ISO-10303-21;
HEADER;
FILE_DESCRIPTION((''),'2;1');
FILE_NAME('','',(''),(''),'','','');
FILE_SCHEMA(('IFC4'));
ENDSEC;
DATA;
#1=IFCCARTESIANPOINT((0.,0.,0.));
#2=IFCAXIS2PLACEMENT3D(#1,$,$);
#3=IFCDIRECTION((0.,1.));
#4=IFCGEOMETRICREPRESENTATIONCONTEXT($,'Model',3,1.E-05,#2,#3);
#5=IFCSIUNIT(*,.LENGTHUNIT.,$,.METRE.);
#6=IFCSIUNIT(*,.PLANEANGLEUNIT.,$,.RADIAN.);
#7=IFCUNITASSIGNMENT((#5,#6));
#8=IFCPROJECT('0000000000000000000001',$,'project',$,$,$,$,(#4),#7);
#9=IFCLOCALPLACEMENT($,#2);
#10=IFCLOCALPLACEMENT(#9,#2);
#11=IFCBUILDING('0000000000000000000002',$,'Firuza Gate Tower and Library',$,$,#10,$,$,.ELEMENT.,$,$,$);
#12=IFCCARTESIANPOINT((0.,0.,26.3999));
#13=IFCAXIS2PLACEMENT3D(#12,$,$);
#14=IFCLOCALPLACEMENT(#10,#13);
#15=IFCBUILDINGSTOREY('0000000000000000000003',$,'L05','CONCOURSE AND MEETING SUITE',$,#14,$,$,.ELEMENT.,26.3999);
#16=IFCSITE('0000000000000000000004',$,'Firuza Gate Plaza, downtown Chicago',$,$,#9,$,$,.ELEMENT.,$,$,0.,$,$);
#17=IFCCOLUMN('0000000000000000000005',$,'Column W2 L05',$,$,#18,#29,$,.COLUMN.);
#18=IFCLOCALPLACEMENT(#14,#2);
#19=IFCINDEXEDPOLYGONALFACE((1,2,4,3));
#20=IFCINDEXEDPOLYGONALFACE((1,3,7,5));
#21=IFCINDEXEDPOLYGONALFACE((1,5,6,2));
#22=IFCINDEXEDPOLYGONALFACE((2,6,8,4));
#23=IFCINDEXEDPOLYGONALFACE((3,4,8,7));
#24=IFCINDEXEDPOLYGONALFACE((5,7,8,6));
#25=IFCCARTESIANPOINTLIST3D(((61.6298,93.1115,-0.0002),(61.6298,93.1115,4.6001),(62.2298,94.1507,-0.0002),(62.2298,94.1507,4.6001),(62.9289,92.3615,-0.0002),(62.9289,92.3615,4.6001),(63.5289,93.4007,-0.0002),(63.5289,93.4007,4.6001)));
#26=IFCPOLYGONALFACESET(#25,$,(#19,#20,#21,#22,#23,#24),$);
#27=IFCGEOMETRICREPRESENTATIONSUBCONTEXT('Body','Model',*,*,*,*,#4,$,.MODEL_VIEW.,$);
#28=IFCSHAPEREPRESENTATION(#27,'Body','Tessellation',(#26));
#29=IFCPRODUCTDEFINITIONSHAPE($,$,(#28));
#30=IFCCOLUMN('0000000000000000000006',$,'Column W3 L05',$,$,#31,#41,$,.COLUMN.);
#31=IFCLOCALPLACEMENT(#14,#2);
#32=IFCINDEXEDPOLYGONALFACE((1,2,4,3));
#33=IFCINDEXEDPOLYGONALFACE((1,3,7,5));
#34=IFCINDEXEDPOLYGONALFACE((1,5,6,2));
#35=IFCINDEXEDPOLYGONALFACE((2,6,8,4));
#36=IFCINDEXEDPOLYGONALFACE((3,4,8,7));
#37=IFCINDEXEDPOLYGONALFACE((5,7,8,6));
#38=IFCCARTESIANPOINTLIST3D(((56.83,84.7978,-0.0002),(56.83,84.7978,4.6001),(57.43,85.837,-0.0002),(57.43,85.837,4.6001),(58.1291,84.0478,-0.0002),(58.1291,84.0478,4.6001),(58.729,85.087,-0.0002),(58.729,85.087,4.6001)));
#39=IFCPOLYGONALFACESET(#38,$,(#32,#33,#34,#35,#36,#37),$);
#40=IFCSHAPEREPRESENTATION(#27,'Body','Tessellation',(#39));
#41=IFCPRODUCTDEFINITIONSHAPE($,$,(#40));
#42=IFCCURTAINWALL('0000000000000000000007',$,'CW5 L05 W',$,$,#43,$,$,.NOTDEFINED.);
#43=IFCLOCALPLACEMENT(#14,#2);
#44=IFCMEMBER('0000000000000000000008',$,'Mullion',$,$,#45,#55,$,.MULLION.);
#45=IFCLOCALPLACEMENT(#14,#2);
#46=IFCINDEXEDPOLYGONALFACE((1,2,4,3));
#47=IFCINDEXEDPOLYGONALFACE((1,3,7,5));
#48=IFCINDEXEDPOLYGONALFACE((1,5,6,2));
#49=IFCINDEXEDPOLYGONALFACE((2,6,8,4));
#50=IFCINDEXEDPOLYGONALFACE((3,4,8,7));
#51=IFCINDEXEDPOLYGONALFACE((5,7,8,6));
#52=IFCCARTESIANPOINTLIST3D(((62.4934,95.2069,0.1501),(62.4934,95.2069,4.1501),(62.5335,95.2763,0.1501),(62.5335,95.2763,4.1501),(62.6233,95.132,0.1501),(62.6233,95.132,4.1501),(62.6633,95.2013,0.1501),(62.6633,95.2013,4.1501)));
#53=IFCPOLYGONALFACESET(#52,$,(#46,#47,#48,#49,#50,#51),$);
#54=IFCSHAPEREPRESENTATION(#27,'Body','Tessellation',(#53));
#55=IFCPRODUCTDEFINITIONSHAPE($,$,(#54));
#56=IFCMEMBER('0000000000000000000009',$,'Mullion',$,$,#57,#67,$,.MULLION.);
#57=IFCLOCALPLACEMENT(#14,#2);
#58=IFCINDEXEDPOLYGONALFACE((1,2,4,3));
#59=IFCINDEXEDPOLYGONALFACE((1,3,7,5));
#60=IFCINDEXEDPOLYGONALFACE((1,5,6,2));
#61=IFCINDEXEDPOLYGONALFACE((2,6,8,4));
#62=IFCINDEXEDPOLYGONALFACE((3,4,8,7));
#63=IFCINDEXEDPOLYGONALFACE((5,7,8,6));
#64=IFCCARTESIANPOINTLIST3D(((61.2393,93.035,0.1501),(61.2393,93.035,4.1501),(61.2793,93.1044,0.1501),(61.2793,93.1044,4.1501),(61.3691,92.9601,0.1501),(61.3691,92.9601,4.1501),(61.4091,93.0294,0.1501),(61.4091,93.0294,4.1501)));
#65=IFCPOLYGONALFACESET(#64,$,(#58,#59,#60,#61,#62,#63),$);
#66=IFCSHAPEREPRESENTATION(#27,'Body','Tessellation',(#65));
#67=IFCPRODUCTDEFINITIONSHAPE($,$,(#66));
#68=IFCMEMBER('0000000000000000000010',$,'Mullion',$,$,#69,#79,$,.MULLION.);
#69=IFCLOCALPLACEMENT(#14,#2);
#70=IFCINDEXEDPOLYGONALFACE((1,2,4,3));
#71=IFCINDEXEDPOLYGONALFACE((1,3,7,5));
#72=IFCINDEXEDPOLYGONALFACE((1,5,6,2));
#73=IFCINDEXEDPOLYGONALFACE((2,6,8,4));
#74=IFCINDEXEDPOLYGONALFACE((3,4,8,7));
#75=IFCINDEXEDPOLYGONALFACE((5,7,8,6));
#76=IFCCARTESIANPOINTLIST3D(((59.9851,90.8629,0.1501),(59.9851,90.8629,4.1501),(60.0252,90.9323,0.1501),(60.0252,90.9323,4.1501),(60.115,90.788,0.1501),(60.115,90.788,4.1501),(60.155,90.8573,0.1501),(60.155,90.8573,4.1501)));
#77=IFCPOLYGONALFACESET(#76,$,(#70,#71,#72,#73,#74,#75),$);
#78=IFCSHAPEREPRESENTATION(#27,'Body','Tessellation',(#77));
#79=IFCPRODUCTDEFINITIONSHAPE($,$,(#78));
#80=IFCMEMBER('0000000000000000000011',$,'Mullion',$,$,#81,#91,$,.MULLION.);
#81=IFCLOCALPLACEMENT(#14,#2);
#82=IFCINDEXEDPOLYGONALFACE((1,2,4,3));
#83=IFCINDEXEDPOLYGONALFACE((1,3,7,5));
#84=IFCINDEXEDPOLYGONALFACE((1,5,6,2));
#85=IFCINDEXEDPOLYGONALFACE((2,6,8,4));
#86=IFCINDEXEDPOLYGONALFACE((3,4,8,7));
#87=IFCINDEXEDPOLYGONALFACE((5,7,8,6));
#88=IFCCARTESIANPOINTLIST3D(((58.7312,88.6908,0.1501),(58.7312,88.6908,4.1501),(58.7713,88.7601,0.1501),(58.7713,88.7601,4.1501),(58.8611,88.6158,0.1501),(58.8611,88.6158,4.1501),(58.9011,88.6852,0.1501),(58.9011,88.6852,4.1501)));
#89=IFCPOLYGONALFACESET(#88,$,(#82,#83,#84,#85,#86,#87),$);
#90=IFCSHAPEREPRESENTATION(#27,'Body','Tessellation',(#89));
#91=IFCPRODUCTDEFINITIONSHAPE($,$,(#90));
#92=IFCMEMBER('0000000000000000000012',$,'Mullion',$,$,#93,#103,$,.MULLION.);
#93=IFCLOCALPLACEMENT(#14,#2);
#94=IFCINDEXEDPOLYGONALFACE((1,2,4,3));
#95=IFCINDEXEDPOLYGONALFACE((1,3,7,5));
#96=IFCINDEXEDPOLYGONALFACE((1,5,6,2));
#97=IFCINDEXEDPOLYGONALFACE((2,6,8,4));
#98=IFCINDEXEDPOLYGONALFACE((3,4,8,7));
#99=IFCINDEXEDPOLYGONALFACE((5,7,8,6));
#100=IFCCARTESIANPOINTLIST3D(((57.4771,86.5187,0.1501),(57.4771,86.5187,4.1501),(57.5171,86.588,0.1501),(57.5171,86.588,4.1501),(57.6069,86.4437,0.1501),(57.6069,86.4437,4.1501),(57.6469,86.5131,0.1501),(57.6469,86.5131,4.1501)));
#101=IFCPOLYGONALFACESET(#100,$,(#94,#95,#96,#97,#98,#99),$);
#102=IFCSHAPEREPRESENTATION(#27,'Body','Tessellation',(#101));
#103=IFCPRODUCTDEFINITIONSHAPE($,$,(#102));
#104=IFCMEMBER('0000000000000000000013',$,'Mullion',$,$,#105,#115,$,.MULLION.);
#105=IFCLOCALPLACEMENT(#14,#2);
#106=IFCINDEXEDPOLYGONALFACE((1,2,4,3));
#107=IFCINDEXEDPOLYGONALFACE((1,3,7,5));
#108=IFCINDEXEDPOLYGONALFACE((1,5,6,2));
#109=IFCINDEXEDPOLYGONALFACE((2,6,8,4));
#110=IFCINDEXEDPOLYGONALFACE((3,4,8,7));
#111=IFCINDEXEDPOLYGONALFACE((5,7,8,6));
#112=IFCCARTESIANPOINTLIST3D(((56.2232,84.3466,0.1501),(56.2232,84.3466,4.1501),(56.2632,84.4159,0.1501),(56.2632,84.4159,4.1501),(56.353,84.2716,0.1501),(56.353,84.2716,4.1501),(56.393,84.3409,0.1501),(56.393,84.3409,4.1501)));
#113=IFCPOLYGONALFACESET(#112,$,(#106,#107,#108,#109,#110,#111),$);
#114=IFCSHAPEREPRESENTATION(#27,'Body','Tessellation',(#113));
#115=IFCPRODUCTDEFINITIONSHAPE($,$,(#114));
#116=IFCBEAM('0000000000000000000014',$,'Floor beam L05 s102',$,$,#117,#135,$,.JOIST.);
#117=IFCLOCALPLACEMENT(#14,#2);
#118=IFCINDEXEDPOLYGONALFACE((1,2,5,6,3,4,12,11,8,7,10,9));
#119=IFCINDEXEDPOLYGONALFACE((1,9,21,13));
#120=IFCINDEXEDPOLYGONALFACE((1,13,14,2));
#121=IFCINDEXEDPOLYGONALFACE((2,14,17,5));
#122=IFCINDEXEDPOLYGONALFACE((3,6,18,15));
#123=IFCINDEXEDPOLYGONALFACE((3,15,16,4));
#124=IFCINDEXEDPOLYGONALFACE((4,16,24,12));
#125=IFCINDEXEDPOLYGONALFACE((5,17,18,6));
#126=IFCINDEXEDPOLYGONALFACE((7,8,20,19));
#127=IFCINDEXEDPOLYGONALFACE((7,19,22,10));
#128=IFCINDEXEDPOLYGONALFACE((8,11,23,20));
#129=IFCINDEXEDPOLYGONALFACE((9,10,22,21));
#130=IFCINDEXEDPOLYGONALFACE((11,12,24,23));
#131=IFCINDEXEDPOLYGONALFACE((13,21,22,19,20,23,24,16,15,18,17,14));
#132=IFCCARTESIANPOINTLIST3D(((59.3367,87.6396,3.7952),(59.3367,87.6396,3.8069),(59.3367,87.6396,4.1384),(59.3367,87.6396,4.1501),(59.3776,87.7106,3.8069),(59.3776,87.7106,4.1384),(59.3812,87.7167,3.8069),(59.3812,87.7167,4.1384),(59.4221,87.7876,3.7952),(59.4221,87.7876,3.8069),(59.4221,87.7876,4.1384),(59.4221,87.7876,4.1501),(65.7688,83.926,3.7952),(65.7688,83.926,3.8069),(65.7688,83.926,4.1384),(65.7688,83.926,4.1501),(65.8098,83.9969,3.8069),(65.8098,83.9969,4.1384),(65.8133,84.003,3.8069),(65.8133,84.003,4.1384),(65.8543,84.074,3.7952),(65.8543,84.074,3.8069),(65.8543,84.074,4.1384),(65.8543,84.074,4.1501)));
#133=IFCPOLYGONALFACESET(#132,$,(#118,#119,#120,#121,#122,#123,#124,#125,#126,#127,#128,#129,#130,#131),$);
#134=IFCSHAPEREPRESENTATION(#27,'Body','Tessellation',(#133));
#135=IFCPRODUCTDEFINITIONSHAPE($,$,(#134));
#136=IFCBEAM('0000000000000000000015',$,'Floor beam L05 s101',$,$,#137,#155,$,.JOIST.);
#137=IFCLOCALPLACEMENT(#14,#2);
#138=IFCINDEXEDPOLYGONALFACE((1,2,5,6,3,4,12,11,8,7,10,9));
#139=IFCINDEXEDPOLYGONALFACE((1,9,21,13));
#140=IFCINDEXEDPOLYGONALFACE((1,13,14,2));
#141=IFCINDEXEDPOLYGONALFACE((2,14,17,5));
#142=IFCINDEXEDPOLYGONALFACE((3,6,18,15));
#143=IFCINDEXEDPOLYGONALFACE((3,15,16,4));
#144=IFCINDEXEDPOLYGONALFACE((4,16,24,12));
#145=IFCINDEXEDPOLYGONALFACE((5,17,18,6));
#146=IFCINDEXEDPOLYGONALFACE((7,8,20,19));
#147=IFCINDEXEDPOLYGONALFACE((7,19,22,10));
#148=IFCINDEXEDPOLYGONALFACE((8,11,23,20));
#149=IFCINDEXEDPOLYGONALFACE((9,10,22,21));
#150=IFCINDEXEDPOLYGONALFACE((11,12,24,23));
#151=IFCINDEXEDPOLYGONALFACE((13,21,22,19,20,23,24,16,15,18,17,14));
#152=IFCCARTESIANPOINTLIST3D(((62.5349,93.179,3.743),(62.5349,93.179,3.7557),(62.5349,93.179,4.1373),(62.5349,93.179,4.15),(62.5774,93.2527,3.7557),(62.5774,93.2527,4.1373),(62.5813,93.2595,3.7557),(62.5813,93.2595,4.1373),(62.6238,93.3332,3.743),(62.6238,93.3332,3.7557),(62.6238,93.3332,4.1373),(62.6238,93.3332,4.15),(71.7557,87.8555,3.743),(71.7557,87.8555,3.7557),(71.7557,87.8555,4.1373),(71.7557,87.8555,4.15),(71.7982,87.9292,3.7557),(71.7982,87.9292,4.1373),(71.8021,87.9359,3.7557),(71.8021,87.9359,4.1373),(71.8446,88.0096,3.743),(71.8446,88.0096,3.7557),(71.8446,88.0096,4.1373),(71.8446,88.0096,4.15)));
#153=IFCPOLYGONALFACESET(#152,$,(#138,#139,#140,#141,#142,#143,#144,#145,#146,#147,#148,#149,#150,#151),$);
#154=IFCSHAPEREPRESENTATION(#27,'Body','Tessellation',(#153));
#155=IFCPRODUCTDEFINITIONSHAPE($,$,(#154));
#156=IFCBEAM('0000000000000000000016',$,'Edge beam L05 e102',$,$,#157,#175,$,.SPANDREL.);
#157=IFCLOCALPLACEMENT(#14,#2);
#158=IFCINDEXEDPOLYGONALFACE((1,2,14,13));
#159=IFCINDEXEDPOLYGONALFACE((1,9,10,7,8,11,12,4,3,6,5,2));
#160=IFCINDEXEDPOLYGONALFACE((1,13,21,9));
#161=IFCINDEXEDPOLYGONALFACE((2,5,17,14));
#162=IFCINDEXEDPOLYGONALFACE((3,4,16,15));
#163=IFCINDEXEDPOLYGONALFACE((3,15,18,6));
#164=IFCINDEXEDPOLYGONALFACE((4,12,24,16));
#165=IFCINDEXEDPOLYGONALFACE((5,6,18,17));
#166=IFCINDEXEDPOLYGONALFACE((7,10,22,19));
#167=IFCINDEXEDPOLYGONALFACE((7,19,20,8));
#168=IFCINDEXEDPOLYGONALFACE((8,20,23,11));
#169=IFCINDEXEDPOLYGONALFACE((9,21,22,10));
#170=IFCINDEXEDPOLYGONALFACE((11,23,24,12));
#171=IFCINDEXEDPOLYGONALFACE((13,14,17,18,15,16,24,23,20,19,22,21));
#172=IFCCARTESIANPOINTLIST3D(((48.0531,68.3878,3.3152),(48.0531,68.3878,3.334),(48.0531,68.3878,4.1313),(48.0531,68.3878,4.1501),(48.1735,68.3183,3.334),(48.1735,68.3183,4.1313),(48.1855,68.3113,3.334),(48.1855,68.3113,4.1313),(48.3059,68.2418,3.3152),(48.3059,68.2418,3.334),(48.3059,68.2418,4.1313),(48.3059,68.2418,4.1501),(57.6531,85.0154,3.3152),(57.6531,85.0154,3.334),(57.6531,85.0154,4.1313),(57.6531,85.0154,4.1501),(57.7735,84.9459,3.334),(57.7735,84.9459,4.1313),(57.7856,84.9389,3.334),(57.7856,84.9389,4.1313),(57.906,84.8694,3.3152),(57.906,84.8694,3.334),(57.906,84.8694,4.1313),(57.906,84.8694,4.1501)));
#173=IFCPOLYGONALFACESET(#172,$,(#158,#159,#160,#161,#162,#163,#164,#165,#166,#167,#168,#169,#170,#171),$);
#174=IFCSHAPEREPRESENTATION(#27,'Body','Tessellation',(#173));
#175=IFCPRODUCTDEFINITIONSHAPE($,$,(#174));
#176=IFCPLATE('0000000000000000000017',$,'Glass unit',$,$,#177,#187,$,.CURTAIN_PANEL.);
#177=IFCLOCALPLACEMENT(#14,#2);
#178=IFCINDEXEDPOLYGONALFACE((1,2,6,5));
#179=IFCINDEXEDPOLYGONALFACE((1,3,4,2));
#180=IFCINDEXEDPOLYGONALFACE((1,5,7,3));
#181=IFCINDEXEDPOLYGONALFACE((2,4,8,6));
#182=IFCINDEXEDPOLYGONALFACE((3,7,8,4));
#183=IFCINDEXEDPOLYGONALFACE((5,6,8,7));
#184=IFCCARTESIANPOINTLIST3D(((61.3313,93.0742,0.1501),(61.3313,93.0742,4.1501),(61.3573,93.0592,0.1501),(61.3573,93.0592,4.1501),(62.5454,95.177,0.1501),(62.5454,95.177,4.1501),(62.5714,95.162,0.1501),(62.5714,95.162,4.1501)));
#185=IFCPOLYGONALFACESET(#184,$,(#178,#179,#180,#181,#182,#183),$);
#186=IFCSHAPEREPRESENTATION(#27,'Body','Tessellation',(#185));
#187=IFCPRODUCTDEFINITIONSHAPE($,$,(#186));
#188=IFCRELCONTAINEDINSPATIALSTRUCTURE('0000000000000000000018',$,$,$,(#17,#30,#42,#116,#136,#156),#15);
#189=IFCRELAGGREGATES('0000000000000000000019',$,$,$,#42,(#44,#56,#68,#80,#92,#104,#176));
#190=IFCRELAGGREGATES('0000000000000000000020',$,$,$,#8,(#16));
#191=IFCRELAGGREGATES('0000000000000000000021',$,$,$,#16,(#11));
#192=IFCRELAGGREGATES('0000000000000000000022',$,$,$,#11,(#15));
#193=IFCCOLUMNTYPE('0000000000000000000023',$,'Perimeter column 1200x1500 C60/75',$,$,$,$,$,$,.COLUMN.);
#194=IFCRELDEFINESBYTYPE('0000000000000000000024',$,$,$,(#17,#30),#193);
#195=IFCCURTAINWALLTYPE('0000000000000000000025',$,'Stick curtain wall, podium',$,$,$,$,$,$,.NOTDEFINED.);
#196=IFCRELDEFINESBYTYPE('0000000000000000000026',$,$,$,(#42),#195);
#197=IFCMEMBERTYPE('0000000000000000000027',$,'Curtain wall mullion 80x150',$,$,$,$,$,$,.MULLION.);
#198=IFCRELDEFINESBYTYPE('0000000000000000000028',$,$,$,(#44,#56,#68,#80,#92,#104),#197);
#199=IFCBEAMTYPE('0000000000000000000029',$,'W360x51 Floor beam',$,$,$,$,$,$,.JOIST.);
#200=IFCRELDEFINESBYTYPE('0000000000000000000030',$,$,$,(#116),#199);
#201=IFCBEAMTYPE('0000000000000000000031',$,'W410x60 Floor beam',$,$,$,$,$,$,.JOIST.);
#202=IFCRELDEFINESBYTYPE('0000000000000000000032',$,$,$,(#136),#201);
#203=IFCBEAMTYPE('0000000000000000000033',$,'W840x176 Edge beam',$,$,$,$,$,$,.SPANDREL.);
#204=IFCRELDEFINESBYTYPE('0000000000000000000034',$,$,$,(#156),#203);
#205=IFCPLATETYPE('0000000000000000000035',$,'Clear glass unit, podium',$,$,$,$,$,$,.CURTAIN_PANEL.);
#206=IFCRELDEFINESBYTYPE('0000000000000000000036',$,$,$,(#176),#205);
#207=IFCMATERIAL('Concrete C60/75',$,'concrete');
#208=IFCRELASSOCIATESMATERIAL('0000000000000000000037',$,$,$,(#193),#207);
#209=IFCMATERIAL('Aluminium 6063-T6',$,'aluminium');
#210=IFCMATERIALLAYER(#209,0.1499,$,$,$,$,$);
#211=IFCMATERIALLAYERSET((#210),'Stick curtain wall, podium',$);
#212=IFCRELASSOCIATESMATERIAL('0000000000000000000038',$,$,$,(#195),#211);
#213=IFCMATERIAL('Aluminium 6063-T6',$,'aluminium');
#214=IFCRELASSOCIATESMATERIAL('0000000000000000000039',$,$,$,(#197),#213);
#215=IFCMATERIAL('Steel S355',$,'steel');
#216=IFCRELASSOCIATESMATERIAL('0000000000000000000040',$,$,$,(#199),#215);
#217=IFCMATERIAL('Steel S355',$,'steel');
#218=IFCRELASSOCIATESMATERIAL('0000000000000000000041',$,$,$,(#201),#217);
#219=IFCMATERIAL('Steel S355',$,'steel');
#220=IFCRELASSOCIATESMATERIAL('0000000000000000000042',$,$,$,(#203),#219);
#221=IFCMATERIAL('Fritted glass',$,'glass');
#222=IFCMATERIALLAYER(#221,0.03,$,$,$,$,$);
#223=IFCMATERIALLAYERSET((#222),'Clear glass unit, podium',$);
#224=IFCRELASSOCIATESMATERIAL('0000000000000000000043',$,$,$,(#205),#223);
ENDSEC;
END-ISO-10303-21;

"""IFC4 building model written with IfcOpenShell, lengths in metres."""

from ifc_helpers import new_model, si_unit, direction, frame, origin, origin_2d, place, context, subcontext, project, spatial, polyline, rectangle, i_section, outline, extrude, material, layer, layer_set, material_profile, profile_set, type_object, element, aggregate, save


model = new_model("IFC4")

# Units and contexts
model_context = context("Model", 3, precision=1e-05, world=origin(), true_north=direction((0.0, 1.0)))
body_context = subcontext(model_context, "Body", "Model", "MODEL_VIEW")
ifc_project = project(units=[si_unit("LENGTHUNIT", "METRE"), si_unit("PLANEANGLEUNIT", "RADIAN")], contexts=[model_context])

# Site, building, storey
site_placement = place(None, origin())
site = spatial("IfcSite", under=ifc_project, at=site_placement, Name="Firuza Gate Plaza, downtown Chicago", CompositionType="ELEMENT", RefElevation=0.0)
building_placement = place(site_placement, origin())
building = spatial("IfcBuilding", under=site, at=building_placement, Name="Firuza Gate Tower and Library", CompositionType="ELEMENT")
storey_placement = place(building_placement, frame((0.0, 0.0, 26.3999)))
storey = spatial("IfcBuildingStorey", under=building, at=storey_placement, Name="L05", Description="CONCOURSE AND MEETING SUITE", CompositionType="ELEMENT", Elevation=26.3999)

# Columns
ifc_material_1 = material(Name="Concrete C60/75", Category="concrete")
ifc_material_profile_1 = material_profile(ifc_material_1, rectangle(XDim=1.2, YDim=1.5, at=origin_2d()))
ifc_profile_set_1 = profile_set([ifc_material_profile_1], Name="Concrete C60/75")
column_type = type_object("IfcColumnType", Name="Perimeter column 1200x1500 C60/75", PredefinedType="COLUMN", material=ifc_profile_set_1)
for number, where, z_axis, x_axis, name in (
    (1, (62.5793, 93.2561, -0.0002), (0.0, 0.0, 1.0), (-0.5, -0.866025, 0.0), "Column W2 L05"),
    (2, (57.7795, 84.9424, -0.0002), (0.0, 0.0, 1.0), (-0.5, -0.866025, 0.0), "Column W3 L05"),
):
    element("IfcColumn", number, at=place(storey_placement, frame(where, z_axis=z_axis, x_axis=x_axis)), inside=storey, type_object=column_type, Name=name, PredefinedType="COLUMN", context=body_context, shape_type="SweptSolid", body=[
        extrude(rectangle(XDim=1.2, YDim=1.5, at=origin_2d()), origin(), (0.0, 0.0, 1.0), 4.6003),
    ])

# Curtain wall, members
ifc_material_2 = material(Name="Aluminium 6063-T6", Category="aluminium")
ifc_layer_1 = layer(ifc_material_2, 0.1499)
ifc_layer_set_1 = layer_set([ifc_layer_1], Name="Stick curtain wall, podium")
curtain_wall_type = type_object("IfcCurtainWallType", Name="Stick curtain wall, podium", PredefinedType="NOTDEFINED", material=ifc_layer_set_1)
placement = place(storey_placement, origin())
curtain_wall = element("IfcCurtainWall", 3, at=placement, inside=storey, type_object=curtain_wall_type, Name="CW5 L05 W", PredefinedType="NOTDEFINED")
ifc_material_3 = material(Name="Aluminium 6063-T6", Category="aluminium")
ifc_material_profile_2 = material_profile(ifc_material_3, rectangle(XDim=0.1499, YDim=0.0801, at=origin_2d()))
ifc_profile_set_2 = profile_set([ifc_material_profile_2], Name="Aluminium 6063-T6")
member_type = type_object("IfcMemberType", Name="Curtain wall mullion 80x150", PredefinedType="MULLION", material=ifc_profile_set_2)
member_1_placement = place(storey_placement, frame((62.5784, 95.2041, 0.1501), z_axis=(0.0, 0.0, 1.0), x_axis=(0.866025, -0.5, 0.0)))
member_1 = element("IfcMember", 4, at=member_1_placement, type_object=member_type, Name="Mullion", PredefinedType="MULLION", context=body_context, shape_type="SweptSolid", body=[
    extrude(rectangle(XDim=0.1499, YDim=0.0801, at=origin_2d()), origin(), (0.0, 0.0, 1.0), 4.0),
])
member_2_placement = place(storey_placement, frame((61.3242, 93.0322, 0.1501), z_axis=(0.0, 0.0, 1.0), x_axis=(0.866025, -0.5, 0.0)))
member_2 = element("IfcMember", 5, at=member_2_placement, type_object=member_type, Name="Mullion", PredefinedType="MULLION", context=body_context, shape_type="SweptSolid", body=[
    extrude(rectangle(XDim=0.1499, YDim=0.0801, at=origin_2d()), origin(), (0.0, 0.0, 1.0), 4.0),
])
member_3_placement = place(storey_placement, frame((60.0701, 90.8601, 0.1501), z_axis=(0.0, 0.0, 1.0), x_axis=(0.866025, -0.5, 0.0)))
member_3 = element("IfcMember", 6, at=member_3_placement, type_object=member_type, Name="Mullion", PredefinedType="MULLION", context=body_context, shape_type="SweptSolid", body=[
    extrude(rectangle(XDim=0.1499, YDim=0.0801, at=origin_2d()), origin(), (0.0, 0.0, 1.0), 4.0),
])
member_4_placement = place(storey_placement, frame((58.8162, 88.688, 0.1501), z_axis=(0.0, 0.0, 1.0), x_axis=(0.866025, -0.5, 0.0)))
member_4 = element("IfcMember", 7, at=member_4_placement, type_object=member_type, Name="Mullion", PredefinedType="MULLION", context=body_context, shape_type="SweptSolid", body=[
    extrude(rectangle(XDim=0.1499, YDim=0.0801, at=origin_2d()), origin(), (0.0, 0.0, 1.0), 4.0),
])
member_5_placement = place(storey_placement, frame((57.562, 86.5159, 0.1501), z_axis=(0.0, 0.0, 1.0), x_axis=(0.866025, -0.5, 0.0)))
member_5 = element("IfcMember", 8, at=member_5_placement, type_object=member_type, Name="Mullion", PredefinedType="MULLION", context=body_context, shape_type="SweptSolid", body=[
    extrude(rectangle(XDim=0.1499, YDim=0.0801, at=origin_2d()), origin(), (0.0, 0.0, 1.0), 4.0),
])
member_6_placement = place(storey_placement, frame((56.3081, 84.3438, 0.1501), z_axis=(0.0, 0.0, 1.0), x_axis=(0.866025, -0.5, 0.0)))
member_6 = element("IfcMember", 9, at=member_6_placement, type_object=member_type, Name="Mullion", PredefinedType="MULLION", context=body_context, shape_type="SweptSolid", body=[
    extrude(rectangle(XDim=0.1499, YDim=0.0801, at=origin_2d()), origin(), (0.0, 0.0, 1.0), 4.0),
])

# Beams
ifc_material_4 = material(Name="Steel S355", Category="steel")
ifc_material_profile_3 = material_profile(ifc_material_4, i_section(OverallWidth=0.1709, OverallDepth=0.355, WebThickness=0.0071, FlangeThickness=0.0117, at=origin_2d()))
ifc_profile_set_3 = profile_set([ifc_material_profile_3], Name="Steel S355")
beam_type_1 = type_object("IfcBeamType", Name="W360x51 Floor beam", PredefinedType="JOIST", material=ifc_profile_set_3)
beam_1_placement = place(storey_placement, frame((59.3794, 87.7136, 3.9727), z_axis=(0.866024, -0.500003, 0.0), x_axis=(0.500003, 0.866024, 0.0)))
element("IfcBeam", 10, at=beam_1_placement, inside=storey, type_object=beam_type_1, Name="Floor beam L05 s102", PredefinedType="JOIST", context=body_context, shape_type="SweptSolid", body=[
    extrude(i_section(OverallWidth=0.1709, OverallDepth=0.355, WebThickness=0.0071, FlangeThickness=0.0117, at=origin_2d()), origin(), (0.0, 0.0, 1.0), 7.4272),
])
ifc_material_5 = material(Name="Steel S355", Category="steel")
ifc_material_profile_4 = material_profile(ifc_material_5, i_section(OverallWidth=0.178, OverallDepth=0.407, WebThickness=0.0078, FlangeThickness=0.0127, at=origin_2d()))
ifc_profile_set_4 = profile_set([ifc_material_profile_4], Name="Steel S355")
beam_type_2 = type_object("IfcBeamType", Name="W410x60 Floor beam", PredefinedType="JOIST", material=ifc_profile_set_4)
beam_2_placement = place(storey_placement, frame((62.5793, 93.2561, 3.9465), z_axis=(0.866029, -0.499994, 0.0), x_axis=(0.499994, 0.866029, 0.0)))
element("IfcBeam", 11, at=beam_2_placement, inside=storey, type_object=beam_type_2, Name="Floor beam L05 s101", PredefinedType="JOIST", context=body_context, shape_type="SweptSolid", body=[
    extrude(i_section(OverallWidth=0.178, OverallDepth=0.407, WebThickness=0.0078, FlangeThickness=0.0127, at=origin_2d()), origin(), (0.0, 0.0, 1.0), 10.6472),
])
ifc_material_6 = material(Name="Steel S355", Category="steel")
ifc_material_profile_5 = material_profile(ifc_material_6, i_section(OverallWidth=0.292, OverallDepth=0.835, WebThickness=0.0139, FlangeThickness=0.0188, at=origin_2d()))
ifc_profile_set_5 = profile_set([ifc_material_profile_5], Name="Steel S355")
beam_type_3 = type_object("IfcBeamType", Name="W840x176 Edge beam", PredefinedType="SPANDREL", material=ifc_profile_set_5)
beam_3_placement = place(storey_placement, frame((57.7795, 84.9424, 3.7327), z_axis=(-0.500004, -0.866023, 0.0), x_axis=(0.866023, -0.500004, 0.0)))
element("IfcBeam", 12, at=beam_3_placement, inside=storey, type_object=beam_type_3, Name="Edge beam L05 e102", PredefinedType="SPANDREL", context=body_context, shape_type="SweptSolid", body=[
    extrude(i_section(OverallWidth=0.292, OverallDepth=0.835, WebThickness=0.0139, FlangeThickness=0.0188, at=origin_2d()), origin(), (0.0, 0.0, 1.0), 19.2),
])

# Plate
ifc_material_7 = material(Name="Fritted glass", Category="glass")
ifc_layer_2 = layer(ifc_material_7, 0.03)
ifc_layer_set_2 = layer_set([ifc_layer_2], Name="Clear glass unit, podium")
plate_type = type_object("IfcPlateType", Name="Clear glass unit, podium", PredefinedType="CURTAIN_PANEL", material=ifc_layer_set_2)
plate_1_placement = place(storey_placement, frame((62.5454, 95.177, 0.1501), z_axis=(-0.866013, 0.500021, 0.0), x_axis=(-0.500021, -0.866013, 0.0)))
plate_1 = element("IfcPlate", 13, at=plate_1_placement, type_object=plate_type, Name="Glass unit", PredefinedType="CURTAIN_PANEL", context=body_context, shape_type="SweptSolid", body=[
    extrude(outline(polyline([(0.0, 0.0), (2.4281, 0.0), (2.4281, 4.0), (0.0, 4.0), (0.0, 0.0)])), origin(), (0.0, 0.0, -1.0), 0.03),
])
aggregate(curtain_wall, [member_1, member_2, member_3, member_4, member_5, member_6, plate_1])

save(model, "model.ifc")
